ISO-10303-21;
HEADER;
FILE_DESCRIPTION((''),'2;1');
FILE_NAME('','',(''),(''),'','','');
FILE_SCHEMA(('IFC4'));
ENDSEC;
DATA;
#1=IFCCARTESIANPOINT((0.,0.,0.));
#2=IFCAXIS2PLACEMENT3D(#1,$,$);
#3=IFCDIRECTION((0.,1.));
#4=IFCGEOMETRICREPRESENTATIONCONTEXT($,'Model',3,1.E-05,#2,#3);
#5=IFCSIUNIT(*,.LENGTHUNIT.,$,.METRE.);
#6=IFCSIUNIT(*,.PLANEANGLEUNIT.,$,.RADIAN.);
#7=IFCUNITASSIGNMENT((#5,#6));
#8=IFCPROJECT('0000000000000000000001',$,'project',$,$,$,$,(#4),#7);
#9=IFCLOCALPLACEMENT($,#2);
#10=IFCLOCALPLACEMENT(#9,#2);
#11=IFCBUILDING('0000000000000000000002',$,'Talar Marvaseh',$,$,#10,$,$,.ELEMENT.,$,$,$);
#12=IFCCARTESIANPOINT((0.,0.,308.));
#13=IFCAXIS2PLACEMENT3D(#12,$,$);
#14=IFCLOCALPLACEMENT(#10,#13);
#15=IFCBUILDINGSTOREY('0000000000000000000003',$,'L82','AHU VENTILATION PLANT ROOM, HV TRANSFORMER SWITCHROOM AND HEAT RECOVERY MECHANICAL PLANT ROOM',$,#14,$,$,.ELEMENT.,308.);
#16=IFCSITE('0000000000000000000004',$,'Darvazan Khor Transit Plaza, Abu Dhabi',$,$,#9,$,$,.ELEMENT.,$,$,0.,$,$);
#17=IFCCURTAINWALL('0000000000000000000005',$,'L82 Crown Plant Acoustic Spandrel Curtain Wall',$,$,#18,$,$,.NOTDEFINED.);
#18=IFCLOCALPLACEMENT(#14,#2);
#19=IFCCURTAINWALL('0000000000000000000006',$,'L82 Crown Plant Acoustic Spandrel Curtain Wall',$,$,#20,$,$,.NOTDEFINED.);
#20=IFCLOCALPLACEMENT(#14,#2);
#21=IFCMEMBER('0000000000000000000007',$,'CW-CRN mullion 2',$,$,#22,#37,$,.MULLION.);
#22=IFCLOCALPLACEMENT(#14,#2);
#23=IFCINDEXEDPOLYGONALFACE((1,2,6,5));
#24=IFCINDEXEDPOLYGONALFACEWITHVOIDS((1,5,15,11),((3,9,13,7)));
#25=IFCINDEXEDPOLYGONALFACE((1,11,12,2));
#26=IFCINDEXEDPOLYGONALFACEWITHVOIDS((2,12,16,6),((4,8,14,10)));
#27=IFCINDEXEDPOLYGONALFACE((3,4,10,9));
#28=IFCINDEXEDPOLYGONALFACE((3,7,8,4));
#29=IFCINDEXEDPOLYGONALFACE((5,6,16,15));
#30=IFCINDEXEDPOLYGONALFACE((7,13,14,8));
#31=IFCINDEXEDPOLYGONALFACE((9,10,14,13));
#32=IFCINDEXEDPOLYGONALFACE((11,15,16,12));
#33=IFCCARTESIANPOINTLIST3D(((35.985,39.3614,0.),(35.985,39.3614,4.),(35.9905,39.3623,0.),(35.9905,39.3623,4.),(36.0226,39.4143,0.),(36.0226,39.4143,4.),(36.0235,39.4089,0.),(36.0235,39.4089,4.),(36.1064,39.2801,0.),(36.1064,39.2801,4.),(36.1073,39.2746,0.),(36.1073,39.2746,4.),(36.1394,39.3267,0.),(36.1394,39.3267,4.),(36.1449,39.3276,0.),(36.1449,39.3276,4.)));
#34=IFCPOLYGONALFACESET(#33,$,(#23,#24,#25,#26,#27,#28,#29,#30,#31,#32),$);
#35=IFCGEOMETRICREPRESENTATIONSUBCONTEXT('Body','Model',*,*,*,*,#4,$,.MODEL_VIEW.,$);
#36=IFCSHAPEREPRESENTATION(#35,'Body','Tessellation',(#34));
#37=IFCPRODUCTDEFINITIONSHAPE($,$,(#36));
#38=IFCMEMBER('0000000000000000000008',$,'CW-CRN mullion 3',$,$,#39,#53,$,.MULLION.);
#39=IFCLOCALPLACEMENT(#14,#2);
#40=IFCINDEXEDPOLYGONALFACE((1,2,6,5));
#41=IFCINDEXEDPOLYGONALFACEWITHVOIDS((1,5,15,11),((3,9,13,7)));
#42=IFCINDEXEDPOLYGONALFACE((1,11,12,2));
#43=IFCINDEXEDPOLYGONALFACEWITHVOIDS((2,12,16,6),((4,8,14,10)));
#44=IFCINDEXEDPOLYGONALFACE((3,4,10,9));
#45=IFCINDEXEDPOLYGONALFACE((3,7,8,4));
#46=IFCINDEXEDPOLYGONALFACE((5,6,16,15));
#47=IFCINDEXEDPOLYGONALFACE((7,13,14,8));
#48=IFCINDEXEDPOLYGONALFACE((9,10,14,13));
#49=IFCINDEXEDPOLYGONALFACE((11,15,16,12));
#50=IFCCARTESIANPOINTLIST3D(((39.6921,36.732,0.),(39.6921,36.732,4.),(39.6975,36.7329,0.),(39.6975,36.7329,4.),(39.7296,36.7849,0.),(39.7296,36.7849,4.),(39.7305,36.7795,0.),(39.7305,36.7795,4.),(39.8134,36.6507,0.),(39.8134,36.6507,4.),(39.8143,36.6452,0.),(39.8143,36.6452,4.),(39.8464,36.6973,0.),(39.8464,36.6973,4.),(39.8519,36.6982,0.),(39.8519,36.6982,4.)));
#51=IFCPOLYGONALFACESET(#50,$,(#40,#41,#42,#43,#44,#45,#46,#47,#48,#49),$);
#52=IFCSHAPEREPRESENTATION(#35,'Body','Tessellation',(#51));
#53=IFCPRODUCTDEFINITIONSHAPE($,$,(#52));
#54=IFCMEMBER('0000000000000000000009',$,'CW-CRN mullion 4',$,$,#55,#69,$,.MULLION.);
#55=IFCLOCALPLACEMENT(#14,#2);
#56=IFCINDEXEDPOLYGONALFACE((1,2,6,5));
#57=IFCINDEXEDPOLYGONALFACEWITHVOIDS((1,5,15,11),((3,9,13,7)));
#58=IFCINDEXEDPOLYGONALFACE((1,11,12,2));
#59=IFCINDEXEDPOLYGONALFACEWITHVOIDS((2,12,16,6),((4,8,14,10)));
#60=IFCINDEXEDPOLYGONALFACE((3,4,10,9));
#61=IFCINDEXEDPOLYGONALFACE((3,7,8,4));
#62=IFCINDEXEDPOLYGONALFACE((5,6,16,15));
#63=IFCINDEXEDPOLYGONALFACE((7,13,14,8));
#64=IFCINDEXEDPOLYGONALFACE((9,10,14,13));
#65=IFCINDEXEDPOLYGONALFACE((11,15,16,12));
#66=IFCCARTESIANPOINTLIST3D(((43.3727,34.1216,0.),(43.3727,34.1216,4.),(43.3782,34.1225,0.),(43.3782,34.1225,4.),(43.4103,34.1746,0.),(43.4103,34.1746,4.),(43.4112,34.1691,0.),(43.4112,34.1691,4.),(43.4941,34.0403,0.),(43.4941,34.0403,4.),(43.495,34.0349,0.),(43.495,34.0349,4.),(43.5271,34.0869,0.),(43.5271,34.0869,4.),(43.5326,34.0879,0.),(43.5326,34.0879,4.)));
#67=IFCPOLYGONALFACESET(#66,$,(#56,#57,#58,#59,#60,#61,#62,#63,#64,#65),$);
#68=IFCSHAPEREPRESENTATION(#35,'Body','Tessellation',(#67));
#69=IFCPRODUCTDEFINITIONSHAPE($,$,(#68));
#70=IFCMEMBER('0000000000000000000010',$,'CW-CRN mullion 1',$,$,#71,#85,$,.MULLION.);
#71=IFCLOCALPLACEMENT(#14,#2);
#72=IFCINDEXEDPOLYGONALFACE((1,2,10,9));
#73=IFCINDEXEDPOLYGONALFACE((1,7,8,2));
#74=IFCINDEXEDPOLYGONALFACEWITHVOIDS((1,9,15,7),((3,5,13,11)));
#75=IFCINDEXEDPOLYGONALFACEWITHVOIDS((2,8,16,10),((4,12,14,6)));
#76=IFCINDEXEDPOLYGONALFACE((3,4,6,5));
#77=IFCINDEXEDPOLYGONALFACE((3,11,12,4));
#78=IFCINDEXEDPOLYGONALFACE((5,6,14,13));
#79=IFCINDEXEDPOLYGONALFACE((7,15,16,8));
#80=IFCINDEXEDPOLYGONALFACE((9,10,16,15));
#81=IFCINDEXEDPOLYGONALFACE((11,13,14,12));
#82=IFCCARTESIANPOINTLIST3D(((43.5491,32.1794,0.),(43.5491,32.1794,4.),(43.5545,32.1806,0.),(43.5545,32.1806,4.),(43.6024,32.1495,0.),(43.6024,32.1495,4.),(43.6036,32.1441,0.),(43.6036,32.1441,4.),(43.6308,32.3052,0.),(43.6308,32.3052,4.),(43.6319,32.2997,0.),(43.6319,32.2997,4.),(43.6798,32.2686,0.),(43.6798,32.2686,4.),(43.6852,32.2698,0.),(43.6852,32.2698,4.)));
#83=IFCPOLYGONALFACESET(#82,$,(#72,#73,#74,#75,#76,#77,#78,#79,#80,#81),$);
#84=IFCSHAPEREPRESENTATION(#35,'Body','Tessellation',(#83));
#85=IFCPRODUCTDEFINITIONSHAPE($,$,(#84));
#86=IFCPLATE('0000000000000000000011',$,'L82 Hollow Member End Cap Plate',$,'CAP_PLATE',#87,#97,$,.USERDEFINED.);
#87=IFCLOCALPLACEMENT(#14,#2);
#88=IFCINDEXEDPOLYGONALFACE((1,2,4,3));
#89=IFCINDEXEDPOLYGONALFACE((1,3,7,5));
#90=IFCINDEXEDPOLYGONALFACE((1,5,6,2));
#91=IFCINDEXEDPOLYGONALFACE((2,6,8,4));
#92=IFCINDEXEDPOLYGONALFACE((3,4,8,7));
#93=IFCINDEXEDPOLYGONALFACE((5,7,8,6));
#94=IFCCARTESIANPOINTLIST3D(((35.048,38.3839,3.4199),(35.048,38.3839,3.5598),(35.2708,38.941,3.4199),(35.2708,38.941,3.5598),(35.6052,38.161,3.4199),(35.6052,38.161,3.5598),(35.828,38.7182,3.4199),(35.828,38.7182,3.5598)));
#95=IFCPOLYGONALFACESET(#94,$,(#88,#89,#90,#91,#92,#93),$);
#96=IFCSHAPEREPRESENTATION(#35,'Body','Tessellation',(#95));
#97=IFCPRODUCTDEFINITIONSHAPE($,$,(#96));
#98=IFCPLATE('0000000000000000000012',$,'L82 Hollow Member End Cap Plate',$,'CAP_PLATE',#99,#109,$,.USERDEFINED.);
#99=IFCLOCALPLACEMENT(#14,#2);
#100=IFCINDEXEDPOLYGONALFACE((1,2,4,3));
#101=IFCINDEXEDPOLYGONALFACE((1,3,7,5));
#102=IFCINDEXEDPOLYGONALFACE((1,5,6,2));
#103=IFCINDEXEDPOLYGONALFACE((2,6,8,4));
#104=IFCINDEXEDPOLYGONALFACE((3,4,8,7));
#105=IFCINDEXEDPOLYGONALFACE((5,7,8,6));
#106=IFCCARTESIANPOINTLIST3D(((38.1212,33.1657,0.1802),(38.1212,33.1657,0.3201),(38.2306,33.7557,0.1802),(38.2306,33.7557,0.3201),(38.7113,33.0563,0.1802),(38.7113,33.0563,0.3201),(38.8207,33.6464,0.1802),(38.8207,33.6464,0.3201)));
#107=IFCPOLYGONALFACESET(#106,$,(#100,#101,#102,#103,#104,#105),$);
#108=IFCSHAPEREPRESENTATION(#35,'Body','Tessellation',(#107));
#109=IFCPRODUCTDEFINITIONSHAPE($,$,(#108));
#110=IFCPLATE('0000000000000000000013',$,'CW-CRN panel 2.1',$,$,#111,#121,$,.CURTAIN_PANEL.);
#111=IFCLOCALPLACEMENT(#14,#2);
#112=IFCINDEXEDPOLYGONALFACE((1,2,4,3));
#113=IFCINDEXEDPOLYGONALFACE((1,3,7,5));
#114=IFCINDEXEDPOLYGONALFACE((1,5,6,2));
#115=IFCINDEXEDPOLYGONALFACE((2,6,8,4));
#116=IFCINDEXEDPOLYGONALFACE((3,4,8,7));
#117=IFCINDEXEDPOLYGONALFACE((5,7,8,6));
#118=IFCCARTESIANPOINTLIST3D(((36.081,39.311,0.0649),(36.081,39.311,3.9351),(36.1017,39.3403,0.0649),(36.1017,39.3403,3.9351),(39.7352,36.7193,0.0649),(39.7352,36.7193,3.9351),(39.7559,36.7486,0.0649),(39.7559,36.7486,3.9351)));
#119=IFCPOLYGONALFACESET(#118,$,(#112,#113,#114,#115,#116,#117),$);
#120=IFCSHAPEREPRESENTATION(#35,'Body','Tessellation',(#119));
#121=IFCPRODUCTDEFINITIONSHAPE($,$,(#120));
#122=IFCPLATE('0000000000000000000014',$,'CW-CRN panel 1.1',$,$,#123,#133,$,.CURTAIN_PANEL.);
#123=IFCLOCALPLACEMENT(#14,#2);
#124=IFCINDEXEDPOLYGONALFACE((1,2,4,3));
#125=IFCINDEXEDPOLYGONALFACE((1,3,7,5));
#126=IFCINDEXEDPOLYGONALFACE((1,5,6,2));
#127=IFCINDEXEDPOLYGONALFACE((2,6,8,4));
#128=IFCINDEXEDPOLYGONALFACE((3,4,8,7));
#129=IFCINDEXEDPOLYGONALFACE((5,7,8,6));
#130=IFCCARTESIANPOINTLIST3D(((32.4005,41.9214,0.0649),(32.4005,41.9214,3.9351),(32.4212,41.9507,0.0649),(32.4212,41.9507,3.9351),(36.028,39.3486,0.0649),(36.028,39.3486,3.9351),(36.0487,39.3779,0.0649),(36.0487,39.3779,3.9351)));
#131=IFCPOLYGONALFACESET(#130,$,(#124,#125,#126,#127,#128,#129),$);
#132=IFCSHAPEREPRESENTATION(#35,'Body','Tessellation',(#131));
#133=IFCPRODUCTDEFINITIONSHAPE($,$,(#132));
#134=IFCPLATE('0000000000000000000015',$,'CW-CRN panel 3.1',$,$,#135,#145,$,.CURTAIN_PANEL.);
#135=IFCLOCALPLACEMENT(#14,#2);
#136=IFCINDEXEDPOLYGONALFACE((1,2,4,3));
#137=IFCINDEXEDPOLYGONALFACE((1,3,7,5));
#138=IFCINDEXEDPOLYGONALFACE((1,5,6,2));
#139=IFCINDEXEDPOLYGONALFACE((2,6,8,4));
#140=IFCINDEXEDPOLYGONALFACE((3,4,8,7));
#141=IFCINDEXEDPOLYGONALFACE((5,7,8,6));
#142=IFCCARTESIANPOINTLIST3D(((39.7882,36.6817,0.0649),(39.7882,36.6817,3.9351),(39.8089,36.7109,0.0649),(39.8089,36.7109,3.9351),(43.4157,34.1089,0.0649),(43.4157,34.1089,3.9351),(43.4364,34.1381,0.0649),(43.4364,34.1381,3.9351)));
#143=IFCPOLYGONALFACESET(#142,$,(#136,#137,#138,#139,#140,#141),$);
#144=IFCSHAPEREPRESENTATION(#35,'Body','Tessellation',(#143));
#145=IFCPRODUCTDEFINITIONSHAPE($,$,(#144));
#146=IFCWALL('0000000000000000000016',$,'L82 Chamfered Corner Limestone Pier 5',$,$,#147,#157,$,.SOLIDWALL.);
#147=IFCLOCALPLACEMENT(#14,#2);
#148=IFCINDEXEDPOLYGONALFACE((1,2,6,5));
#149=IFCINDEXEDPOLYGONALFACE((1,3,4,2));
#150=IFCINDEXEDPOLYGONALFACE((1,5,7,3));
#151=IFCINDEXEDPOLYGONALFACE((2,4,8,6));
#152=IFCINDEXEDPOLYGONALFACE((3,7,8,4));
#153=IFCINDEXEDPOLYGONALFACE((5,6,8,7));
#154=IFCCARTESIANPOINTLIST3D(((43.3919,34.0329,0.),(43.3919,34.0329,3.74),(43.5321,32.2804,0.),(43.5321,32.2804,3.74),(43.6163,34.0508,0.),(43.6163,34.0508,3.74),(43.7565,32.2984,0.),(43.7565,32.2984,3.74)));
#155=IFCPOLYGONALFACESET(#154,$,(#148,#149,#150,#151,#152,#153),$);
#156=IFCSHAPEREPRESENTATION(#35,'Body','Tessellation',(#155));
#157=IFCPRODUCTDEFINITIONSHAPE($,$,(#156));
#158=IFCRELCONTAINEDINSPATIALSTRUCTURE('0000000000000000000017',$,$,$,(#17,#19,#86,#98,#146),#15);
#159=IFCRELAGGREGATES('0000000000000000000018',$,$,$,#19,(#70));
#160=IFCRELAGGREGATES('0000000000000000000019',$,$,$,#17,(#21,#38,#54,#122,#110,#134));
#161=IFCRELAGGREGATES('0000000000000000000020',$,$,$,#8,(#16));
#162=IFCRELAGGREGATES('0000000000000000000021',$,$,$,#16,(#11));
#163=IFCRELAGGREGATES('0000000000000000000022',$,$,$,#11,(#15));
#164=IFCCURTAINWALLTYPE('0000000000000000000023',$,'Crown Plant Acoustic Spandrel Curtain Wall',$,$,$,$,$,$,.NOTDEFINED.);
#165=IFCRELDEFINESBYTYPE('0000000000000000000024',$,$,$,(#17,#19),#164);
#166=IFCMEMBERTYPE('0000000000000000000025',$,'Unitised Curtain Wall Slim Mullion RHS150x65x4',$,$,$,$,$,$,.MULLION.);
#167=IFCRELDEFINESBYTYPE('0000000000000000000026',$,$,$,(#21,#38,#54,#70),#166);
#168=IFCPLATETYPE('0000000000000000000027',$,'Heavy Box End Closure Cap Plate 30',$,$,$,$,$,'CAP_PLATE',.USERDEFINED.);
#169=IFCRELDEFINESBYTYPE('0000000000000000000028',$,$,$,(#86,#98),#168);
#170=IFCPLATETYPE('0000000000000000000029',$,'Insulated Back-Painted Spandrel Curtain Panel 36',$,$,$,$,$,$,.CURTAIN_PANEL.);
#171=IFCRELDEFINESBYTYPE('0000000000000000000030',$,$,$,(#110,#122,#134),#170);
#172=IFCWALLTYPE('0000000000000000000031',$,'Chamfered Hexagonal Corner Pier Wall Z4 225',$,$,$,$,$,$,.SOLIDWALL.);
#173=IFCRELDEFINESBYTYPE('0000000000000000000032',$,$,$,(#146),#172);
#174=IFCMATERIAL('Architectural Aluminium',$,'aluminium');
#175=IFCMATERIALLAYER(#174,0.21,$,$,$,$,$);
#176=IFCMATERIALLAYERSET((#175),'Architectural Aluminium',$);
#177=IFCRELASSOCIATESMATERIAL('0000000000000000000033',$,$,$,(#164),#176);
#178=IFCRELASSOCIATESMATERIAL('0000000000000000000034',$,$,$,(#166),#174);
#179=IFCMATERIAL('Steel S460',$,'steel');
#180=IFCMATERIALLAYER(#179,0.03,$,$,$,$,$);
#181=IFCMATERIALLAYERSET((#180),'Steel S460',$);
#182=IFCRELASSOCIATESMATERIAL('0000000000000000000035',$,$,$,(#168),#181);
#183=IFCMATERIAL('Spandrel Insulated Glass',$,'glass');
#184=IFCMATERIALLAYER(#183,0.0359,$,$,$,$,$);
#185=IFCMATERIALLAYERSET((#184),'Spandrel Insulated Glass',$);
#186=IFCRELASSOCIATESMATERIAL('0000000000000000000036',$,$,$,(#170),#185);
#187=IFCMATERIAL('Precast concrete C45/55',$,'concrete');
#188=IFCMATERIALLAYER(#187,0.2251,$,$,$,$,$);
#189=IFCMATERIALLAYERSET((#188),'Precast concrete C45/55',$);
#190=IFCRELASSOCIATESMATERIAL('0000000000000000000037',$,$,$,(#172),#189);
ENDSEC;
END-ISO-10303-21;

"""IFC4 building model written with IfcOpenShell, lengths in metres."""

from ifc_helpers import new_model, si_unit, direction, frame, frame_2d, origin, origin_2d, place, context, subcontext, project, spatial, rectangle, hollow_rectangle, extrude, source, transform, mapped, material, layer, layer_set, material_profile, profile_set, type_object, type_shapes, element, aggregate, save


model = new_model("IFC4")

# Units and contexts
model_context = context("Model", 3, precision=1e-05, world=origin(), true_north=direction((0.0, 1.0)))
body_context = subcontext(model_context, "Body", "Model", "MODEL_VIEW")
ifc_project = project(units=[si_unit("LENGTHUNIT", "METRE"), si_unit("PLANEANGLEUNIT", "RADIAN")], contexts=[model_context])

# Site, building, storey
site_placement = place(None, origin())
site = spatial("IfcSite", under=ifc_project, at=site_placement, Name="Darvazan Khor Transit Plaza, Abu Dhabi", CompositionType="ELEMENT", RefElevation=0.0)
building_placement = place(site_placement, origin())
building = spatial("IfcBuilding", under=site, at=building_placement, Name="Talar Marvaseh", CompositionType="ELEMENT")
storey_placement = place(building_placement, frame((0.0, 0.0, 308.0)))
storey = spatial("IfcBuildingStorey", under=building, at=storey_placement, Name="L82", Description="AHU VENTILATION PLANT ROOM, HV TRANSFORMER SWITCHROOM AND HEAT RECOVERY MECHANICAL PLANT ROOM", CompositionType="ELEMENT", Elevation=308.0)

# Shared definitions
ifc_material_1 = material(Name="Steel S460", Category="steel")

# Curtain walls
ifc_material_2 = material(Name="Architectural Aluminium", Category="aluminium")
ifc_layer_1 = layer(ifc_material_2, 0.21)
ifc_layer_set_1 = layer_set([ifc_layer_1], Name="Architectural Aluminium")
curtain_wall_type = type_object("IfcCurtainWallType", Name="Crown Plant Acoustic Spandrel Curtain Wall", PredefinedType="NOTDEFINED", material=ifc_layer_set_1)
curtain_wall_1_placement = place(storey_placement, origin())
curtain_wall_1 = element("IfcCurtainWall", 1, at=curtain_wall_1_placement, inside=storey, type_object=curtain_wall_type, Name="L82 Crown Plant Acoustic Spandrel Curtain Wall", PredefinedType="NOTDEFINED")
curtain_wall_2_placement = place(storey_placement, origin())
curtain_wall_2 = element("IfcCurtainWall", 2, at=curtain_wall_2_placement, inside=storey, type_object=curtain_wall_type, Name="L82 Crown Plant Acoustic Spandrel Curtain Wall", PredefinedType="NOTDEFINED")

# Members
ifc_material_profile_1 = material_profile(ifc_material_2, hollow_rectangle(XDim=0.0649, YDim=0.1499, WallThickness=0.0039, at=origin_2d()), Name="RHS150x65x4")
ifc_profile_set_1 = profile_set([ifc_material_profile_1], Name="Architectural Aluminium")
member_type_1 = type_object("IfcMemberType", Name="Unitised Curtain Wall Slim Mullion RHS150x65x4", PredefinedType="MULLION", material=ifc_profile_set_1)
shared_shape_1 = source(origin(), body_context, "Body", "SweptSolid", [
    extrude(hollow_rectangle(XDim=0.0649, YDim=0.1499, WallThickness=0.0039, at=origin_2d()), origin(), (0.0, 0.0, 1.0), 4.0),
])
type_shapes(member_type_1, [shared_shape_1])
member_1_placement = place(storey_placement, frame((36.0649, 39.3445, 0.0), z_axis=(0.0, 0.0, 1.0), x_axis=(0.578513, 0.815673, 0.0)))
member_1 = element("IfcMember", 3, at=member_1_placement, type_object=member_type_1, Name="CW-CRN mullion 2", PredefinedType="MULLION", context=body_context, shape_type="MappedRepresentation", body=[
    mapped(shared_shape_1, transform((0.0, 0.0, 0.0), x_axis=(1.0, 0.0, 0.0), y_axis=(0.0, 1.0, 0.0), z_axis=(0.0, 0.0, 1.0), scale=1.0)),
])
member_2_placement = place(storey_placement, frame((39.772, 36.7151, 0.0), z_axis=(0.0, 0.0, 1.0), x_axis=(0.578513, 0.815673, 0.0)))
member_2 = element("IfcMember", 4, at=member_2_placement, type_object=member_type_1, Name="CW-CRN mullion 3", PredefinedType="MULLION", context=body_context, shape_type="MappedRepresentation", body=[
    mapped(shared_shape_1, transform((0.0, 0.0, 0.0), x_axis=(1.0, 0.0, 0.0), y_axis=(0.0, 1.0, 0.0), z_axis=(0.0, 0.0, 1.0), scale=1.0)),
])
member_3_placement = place(storey_placement, frame((43.4526, 34.1047, 0.0), z_axis=(0.0, 0.0, 1.0), x_axis=(0.578513, 0.815673, 0.0)))
member_3 = element("IfcMember", 5, at=member_3_placement, type_object=member_type_1, Name="CW-CRN mullion 4", PredefinedType="MULLION", context=body_context, shape_type="MappedRepresentation", body=[
    mapped(shared_shape_1, transform((0.0, 0.0, 0.0), x_axis=(1.0, 0.0, 0.0), y_axis=(0.0, 1.0, 0.0), z_axis=(0.0, 0.0, 1.0), scale=1.0)),
])
member_4_placement = place(storey_placement, frame((43.6172, 32.2246, 0.0), z_axis=(0.0, 0.0, 1.0), x_axis=(0.838586, -0.544769, 0.0)))
member_4 = element("IfcMember", 6, at=member_4_placement, type_object=member_type_1, Name="CW-CRN mullion 1", PredefinedType="MULLION", context=body_context, shape_type="MappedRepresentation", body=[
    mapped(shared_shape_1, transform((0.0, 0.0, 0.0), x_axis=(1.0, 0.0, 0.0), y_axis=(0.0, 1.0, 0.0), z_axis=(0.0, 0.0, 1.0), scale=1.0)),
])
aggregate(curtain_wall_2, [member_4])

# Plates
ifc_layer_2 = layer(ifc_material_1, 0.03)
ifc_layer_set_2 = layer_set([ifc_layer_2], Name="Steel S460")
plate_type_1 = type_object("IfcPlateType", Name="Heavy Box End Closure Cap Plate 30", ElementType="CAP_PLATE", PredefinedType="USERDEFINED", material=ifc_layer_set_2)
shared_shape_2 = source(origin(), body_context, "Body", "SweptSolid", [
    extrude(rectangle(XDim=0.6001, YDim=0.6001, at=origin_2d()), origin(), (0.0, 0.0, 1.0), 0.1399),
])
type_shapes(plate_type_1, [shared_shape_2])
for number, where, z_axis, x_axis, name in (
    (7, (35.438, 38.551, 3.4199), (0.0, 0.0, 1.0), (0.928486, -0.371368, 0.0), "L82 Hollow Member End Cap Plate"),
    (8, (38.4709, 33.406, 0.1802), (0.0, 0.0, 1.0), (-0.182236, -0.983255, 0.0), "L82 Hollow Member End Cap Plate"),
):
    element("IfcPlate", number, at=place(storey_placement, frame(where, z_axis=z_axis, x_axis=x_axis)), inside=storey, type_object=plate_type_1, Name=name, ObjectType="CAP_PLATE", PredefinedType="USERDEFINED", context=body_context, shape_type="MappedRepresentation", body=[
        mapped(shared_shape_2, transform((0.0, 0.0, 0.0), x_axis=(1.0, 0.0, 0.0), y_axis=(0.0, 1.0, 0.0), z_axis=(0.0, 0.0, 1.0), scale=1.0)),
    ])

# Plates
ifc_material_3 = material(Name="Spandrel Insulated Glass", Category="glass")
ifc_layer_3 = layer(ifc_material_3, 0.0359)
ifc_layer_set_3 = layer_set([ifc_layer_3], Name="Spandrel Insulated Glass")
plate_type_2 = type_object("IfcPlateType", Name="Insulated Back-Painted Spandrel Curtain Panel 36", PredefinedType="CURTAIN_PANEL", material=ifc_layer_set_3)
shared_shape_3 = source(origin(), body_context, "Body", "SweptSolid", [
    extrude(rectangle(XDim=4.48, YDim=0.0359, at=origin_2d()), origin(), (0.0, 0.0, 1.0), 3.8701),
])
plate_1_placement = place(storey_placement, frame((37.9185, 38.0298, 0.0649), z_axis=(0.0, 0.0, 1.0), x_axis=(0.815673, -0.578513, 0.0)))
plate_1 = element("IfcPlate", 9, at=plate_1_placement, type_object=plate_type_2, Name="CW-CRN panel 2.1", PredefinedType="CURTAIN_PANEL", context=body_context, shape_type="MappedRepresentation", body=[
    mapped(shared_shape_3, transform((0.0, 0.0, 0.0), x_axis=(1.0, 0.0, 0.0), y_axis=(0.0, 1.0, 0.0), z_axis=(0.0, 0.0, 1.0), scale=1.0)),
])
shared_shape_4 = source(origin(), body_context, "Body", "SweptSolid", [
    extrude(rectangle(XDim=4.4473, YDim=0.0359, at=origin_2d()), origin(), (0.0, 0.0, 1.0), 3.8701),
])
type_shapes(plate_type_2, [shared_shape_3, shared_shape_4])
plate_2_placement = place(storey_placement, frame((34.2246, 40.6497, 0.0649), z_axis=(0.0, 0.0, 1.0), x_axis=(0.815673, -0.578513, 0.0)))
plate_2 = element("IfcPlate", 10, at=plate_2_placement, type_object=plate_type_2, Name="CW-CRN panel 1.1", PredefinedType="CURTAIN_PANEL", context=body_context, shape_type="MappedRepresentation", body=[
    mapped(shared_shape_4, transform((0.0, 0.0, 0.0), x_axis=(1.0, 0.0, 0.0), y_axis=(0.0, 1.0, 0.0), z_axis=(0.0, 0.0, 1.0), scale=1.0)),
])
plate_3_placement = place(storey_placement, frame((41.6123, 35.4099, 0.0649), z_axis=(0.0, 0.0, 1.0), x_axis=(0.815673, -0.578513, 0.0)))
plate_3 = element("IfcPlate", 11, at=plate_3_placement, type_object=plate_type_2, Name="CW-CRN panel 3.1", PredefinedType="CURTAIN_PANEL", context=body_context, shape_type="MappedRepresentation", body=[
    mapped(shared_shape_4, transform((0.0, 0.0, 0.0), x_axis=(1.0, 0.0, 0.0), y_axis=(0.0, 1.0, 0.0), z_axis=(0.0, 0.0, 1.0), scale=1.0)),
])
aggregate(curtain_wall_1, [member_1, member_2, member_3, plate_2, plate_1, plate_3])

# Wall
ifc_material_4 = material(Name="Precast concrete C45/55", Category="concrete")
ifc_layer_4 = layer(ifc_material_4, 0.2251)
ifc_layer_set_4 = layer_set([ifc_layer_4], Name="Precast concrete C45/55")
wall_type_1 = type_object("IfcWallType", Name="Chamfered Hexagonal Corner Pier Wall Z4 225", PredefinedType="SOLIDWALL", material=ifc_layer_set_4)
wall_1_placement = place(storey_placement, frame((43.5042, 34.0417, 0.0), z_axis=(0.0, 0.0, 1.0), x_axis=(0.079712, -0.996818, 0.0)))
element("IfcWall", 12, at=wall_1_placement, inside=storey, type_object=wall_type_1, Name="L82 Chamfered Corner Limestone Pier 5", PredefinedType="SOLIDWALL", context=body_context, shape_type="SweptSolid", body=[
    extrude(rectangle(XDim=1.7581, YDim=0.2251, at=frame_2d((0.8789, 0.0))), origin(), (0.0, 0.0, 1.0), 3.74),
])

save(model, "model.ifc")
